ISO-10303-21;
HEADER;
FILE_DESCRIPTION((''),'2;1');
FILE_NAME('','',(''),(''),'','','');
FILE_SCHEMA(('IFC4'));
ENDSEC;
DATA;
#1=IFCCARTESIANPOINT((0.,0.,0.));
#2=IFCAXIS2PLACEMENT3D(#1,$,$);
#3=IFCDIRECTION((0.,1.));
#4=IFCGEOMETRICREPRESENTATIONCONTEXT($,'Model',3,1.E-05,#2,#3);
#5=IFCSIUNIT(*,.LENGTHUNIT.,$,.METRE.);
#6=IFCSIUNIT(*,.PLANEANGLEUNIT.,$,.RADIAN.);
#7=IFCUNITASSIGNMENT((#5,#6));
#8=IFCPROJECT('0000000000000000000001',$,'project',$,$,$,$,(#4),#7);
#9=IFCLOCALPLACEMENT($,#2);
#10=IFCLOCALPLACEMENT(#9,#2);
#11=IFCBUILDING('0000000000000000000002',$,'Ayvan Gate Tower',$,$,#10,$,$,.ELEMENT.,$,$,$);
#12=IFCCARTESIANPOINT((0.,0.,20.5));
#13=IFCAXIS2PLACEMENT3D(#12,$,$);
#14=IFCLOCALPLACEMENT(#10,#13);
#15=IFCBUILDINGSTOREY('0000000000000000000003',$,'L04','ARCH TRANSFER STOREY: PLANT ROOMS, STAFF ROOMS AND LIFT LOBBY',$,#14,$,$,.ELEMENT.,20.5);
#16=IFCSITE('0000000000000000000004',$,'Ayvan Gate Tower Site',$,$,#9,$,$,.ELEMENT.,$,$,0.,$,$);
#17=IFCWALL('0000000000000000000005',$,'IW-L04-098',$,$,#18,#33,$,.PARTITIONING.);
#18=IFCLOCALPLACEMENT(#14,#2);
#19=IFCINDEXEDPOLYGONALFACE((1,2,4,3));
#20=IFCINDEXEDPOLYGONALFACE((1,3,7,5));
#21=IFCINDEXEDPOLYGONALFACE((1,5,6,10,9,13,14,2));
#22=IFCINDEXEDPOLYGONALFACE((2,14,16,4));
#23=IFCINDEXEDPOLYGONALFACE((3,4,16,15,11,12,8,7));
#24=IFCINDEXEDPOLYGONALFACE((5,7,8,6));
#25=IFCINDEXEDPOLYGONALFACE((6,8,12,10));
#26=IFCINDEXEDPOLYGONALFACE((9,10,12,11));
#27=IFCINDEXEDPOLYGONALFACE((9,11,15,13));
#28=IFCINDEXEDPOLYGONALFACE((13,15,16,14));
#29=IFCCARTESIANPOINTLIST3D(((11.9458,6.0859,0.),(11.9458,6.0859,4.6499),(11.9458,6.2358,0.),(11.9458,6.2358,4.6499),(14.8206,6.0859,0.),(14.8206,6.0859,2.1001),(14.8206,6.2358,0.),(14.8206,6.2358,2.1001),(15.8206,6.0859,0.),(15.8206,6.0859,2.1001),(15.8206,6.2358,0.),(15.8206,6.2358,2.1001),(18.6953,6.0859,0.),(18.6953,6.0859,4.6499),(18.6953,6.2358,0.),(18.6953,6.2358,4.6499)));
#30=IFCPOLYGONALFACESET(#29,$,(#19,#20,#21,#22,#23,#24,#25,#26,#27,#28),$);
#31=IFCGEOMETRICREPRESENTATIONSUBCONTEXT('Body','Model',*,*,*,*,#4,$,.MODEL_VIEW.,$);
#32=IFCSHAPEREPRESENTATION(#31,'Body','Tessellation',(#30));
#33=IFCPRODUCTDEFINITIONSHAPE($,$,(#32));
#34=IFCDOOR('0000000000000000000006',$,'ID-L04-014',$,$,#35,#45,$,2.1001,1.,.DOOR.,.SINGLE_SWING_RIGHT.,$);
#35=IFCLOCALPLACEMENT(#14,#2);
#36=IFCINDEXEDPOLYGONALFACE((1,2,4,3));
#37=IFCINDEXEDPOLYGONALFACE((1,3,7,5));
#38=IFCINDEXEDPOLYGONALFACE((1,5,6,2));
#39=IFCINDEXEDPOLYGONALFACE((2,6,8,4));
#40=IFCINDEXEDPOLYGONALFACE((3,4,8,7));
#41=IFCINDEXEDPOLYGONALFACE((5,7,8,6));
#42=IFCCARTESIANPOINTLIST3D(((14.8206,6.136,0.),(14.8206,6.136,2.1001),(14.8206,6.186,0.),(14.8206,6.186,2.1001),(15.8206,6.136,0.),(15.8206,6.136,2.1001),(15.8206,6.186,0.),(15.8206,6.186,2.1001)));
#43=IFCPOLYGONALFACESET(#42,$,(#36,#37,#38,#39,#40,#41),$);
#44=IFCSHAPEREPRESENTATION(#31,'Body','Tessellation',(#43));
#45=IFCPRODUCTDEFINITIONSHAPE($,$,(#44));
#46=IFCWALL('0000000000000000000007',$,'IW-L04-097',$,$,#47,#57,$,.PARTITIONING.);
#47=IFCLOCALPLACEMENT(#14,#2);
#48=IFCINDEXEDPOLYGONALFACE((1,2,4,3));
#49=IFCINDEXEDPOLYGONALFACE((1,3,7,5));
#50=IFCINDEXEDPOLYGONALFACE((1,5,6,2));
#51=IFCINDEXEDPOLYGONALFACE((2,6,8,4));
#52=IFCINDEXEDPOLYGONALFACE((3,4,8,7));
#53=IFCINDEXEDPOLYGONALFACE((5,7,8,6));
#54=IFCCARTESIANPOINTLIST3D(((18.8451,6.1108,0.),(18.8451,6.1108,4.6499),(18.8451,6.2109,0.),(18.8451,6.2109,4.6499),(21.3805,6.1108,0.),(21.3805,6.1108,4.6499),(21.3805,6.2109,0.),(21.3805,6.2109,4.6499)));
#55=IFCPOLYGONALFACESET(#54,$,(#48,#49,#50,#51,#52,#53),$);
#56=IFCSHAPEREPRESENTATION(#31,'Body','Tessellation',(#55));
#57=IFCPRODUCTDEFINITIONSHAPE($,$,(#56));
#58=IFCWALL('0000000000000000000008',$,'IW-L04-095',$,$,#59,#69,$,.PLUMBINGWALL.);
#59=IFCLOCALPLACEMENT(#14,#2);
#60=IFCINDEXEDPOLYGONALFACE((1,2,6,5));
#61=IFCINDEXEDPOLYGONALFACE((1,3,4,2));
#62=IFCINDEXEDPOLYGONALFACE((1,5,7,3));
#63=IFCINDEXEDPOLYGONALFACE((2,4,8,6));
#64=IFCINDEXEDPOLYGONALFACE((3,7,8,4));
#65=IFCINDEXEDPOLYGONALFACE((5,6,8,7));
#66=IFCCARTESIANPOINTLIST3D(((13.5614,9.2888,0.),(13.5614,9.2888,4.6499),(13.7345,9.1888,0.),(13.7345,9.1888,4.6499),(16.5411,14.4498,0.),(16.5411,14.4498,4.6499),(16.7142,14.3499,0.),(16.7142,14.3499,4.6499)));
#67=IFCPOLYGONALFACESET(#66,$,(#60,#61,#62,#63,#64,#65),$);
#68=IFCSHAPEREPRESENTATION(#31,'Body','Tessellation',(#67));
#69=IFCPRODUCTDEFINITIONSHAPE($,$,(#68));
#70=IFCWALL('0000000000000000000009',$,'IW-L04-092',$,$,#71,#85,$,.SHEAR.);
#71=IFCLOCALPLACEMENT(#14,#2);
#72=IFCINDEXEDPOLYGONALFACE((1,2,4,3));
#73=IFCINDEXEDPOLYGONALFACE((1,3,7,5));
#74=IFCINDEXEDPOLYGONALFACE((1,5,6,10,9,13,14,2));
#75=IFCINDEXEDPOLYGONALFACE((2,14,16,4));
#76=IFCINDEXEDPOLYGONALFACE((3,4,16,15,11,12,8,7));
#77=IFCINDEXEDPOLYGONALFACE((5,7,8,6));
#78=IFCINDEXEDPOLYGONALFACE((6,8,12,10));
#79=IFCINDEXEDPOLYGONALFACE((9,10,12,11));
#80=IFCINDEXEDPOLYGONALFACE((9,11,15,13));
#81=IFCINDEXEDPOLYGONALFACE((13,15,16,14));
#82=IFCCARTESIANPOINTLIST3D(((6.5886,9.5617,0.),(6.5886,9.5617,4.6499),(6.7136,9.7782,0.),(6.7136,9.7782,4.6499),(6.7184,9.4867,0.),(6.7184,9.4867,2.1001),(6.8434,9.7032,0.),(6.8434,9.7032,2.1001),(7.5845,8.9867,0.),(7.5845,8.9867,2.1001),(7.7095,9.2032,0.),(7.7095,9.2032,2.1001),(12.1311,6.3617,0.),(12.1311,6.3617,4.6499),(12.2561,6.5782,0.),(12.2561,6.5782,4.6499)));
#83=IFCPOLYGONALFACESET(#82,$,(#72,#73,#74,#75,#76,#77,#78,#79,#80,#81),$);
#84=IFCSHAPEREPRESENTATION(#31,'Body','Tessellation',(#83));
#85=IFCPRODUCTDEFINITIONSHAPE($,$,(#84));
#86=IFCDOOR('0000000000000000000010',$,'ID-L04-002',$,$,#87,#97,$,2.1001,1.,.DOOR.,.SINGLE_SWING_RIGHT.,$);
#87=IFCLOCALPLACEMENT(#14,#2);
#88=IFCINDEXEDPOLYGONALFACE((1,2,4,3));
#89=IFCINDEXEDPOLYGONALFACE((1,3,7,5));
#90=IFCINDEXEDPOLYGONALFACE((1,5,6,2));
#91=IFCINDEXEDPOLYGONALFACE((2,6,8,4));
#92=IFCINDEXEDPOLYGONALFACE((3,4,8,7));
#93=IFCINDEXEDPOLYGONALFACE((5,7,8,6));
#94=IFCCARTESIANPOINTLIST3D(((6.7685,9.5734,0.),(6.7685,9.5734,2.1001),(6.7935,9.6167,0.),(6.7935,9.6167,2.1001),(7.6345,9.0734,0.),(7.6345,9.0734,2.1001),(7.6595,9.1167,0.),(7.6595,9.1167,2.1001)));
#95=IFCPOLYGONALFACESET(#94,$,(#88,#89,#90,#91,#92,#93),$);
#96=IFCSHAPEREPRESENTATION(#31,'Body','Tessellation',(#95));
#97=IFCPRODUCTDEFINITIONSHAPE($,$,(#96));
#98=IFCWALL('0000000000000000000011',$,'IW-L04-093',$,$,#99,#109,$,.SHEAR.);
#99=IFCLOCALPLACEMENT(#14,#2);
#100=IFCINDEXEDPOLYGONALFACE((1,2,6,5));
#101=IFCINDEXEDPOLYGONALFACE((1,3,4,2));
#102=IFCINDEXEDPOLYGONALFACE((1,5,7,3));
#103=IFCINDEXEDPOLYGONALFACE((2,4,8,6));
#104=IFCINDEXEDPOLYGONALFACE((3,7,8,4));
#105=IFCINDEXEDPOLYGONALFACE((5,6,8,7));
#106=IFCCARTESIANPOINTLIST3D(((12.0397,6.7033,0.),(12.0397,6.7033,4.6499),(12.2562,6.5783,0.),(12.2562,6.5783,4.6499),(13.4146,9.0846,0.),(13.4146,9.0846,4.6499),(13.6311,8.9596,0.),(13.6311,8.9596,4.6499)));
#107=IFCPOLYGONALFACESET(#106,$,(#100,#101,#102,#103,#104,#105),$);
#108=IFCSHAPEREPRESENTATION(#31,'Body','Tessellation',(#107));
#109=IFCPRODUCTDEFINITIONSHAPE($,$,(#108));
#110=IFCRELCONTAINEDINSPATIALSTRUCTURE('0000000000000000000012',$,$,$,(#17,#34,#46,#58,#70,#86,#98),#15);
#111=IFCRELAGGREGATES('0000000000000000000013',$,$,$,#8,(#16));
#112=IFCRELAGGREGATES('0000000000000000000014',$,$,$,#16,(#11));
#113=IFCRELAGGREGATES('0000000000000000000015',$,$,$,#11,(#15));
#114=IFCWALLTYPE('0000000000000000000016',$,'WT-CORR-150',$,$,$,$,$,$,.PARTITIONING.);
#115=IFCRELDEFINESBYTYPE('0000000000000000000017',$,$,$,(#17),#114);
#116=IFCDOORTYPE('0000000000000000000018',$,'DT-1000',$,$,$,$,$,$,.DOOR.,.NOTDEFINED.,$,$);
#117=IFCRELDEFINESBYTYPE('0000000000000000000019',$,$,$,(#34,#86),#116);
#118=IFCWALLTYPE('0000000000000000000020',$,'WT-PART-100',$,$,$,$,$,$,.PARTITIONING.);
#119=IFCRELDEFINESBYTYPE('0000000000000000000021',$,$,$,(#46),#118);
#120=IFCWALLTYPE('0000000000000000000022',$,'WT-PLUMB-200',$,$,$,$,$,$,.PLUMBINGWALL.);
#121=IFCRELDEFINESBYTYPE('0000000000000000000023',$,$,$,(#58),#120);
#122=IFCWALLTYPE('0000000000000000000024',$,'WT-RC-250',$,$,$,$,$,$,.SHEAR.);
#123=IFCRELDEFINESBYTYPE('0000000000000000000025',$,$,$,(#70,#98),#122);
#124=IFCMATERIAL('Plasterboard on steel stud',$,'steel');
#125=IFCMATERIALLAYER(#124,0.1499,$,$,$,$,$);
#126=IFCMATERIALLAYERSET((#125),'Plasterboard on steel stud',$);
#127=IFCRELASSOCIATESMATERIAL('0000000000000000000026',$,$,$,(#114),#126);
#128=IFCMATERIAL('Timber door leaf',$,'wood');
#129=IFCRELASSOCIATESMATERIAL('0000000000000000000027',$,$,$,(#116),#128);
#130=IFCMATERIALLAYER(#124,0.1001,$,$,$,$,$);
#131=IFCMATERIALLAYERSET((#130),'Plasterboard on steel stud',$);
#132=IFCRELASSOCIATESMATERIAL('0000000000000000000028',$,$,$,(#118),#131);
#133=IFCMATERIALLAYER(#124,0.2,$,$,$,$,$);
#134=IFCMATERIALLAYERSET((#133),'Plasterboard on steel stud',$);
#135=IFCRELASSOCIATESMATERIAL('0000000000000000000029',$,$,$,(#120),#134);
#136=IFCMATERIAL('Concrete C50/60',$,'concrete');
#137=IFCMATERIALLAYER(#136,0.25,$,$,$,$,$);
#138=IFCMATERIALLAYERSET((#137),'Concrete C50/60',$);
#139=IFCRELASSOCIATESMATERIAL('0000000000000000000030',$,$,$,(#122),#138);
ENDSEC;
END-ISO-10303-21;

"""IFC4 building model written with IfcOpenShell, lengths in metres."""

from ifc_helpers import new_model, si_unit, direction, frame, frame_2d, origin, place, context, subcontext, project, spatial, rectangle, extrude, material, layer, layer_set, type_object, element, fill, save


model = new_model("IFC4")

# Units and contexts
model_context = context("Model", 3, precision=1e-05, world=origin(), true_north=direction((0.0, 1.0)))
body_context = subcontext(model_context, "Body", "Model", "MODEL_VIEW")
ifc_project = project(units=[si_unit("LENGTHUNIT", "METRE"), si_unit("PLANEANGLEUNIT", "RADIAN")], contexts=[model_context])

# Site, building, storey
site_placement = place(None, origin())
site = spatial("IfcSite", under=ifc_project, at=site_placement, Name="Ayvan Gate Tower Site", CompositionType="ELEMENT", RefElevation=0.0)
building_placement = place(site_placement, origin())
building = spatial("IfcBuilding", under=site, at=building_placement, Name="Ayvan Gate Tower", CompositionType="ELEMENT")
storey_placement = place(building_placement, frame((0.0, 0.0, 20.5)))
storey = spatial("IfcBuildingStorey", under=building, at=storey_placement, Name="L04", Description="ARCH TRANSFER STOREY: PLANT ROOMS, STAFF ROOMS AND LIFT LOBBY", CompositionType="ELEMENT", Elevation=20.5)

# Wall, opening, door
ifc_material_1 = material(Name="Plasterboard on steel stud", Category="steel")
ifc_layer_1 = layer(ifc_material_1, 0.1499)
ifc_layer_set_1 = layer_set([ifc_layer_1], Name="Plasterboard on steel stud")
wall_type_1 = type_object("IfcWallType", Name="WT-CORR-150", PredefinedType="PARTITIONING", material=ifc_layer_set_1)
wall_1_placement = place(storey_placement, frame((18.6953, 6.1609, 0.0), z_axis=(0.0, 0.0, 1.0), x_axis=(-1.0, 0.0, 0.0)))
wall_1 = element("IfcWall", 1, at=wall_1_placement, inside=storey, type_object=wall_type_1, Name="IW-L04-098", PredefinedType="PARTITIONING", context=body_context, shape_type="SweptSolid", body=[
    extrude(rectangle(XDim=6.7495, YDim=0.1499, at=frame_2d((3.3748, 0.0))), origin(), (0.0, 0.0, 1.0), 4.6499),
])
opening_1_placement = place(wall_1_placement, frame((2.8748, 0.0, 0.0)))
opening_1 = element("IfcOpeningElement", 2, at=opening_1_placement, cuts=wall_1, PredefinedType="OPENING", context=body_context, shape_type="SweptSolid", body=[
    extrude(rectangle(XDim=1.0, YDim=2.1001, at=frame_2d((0.5, 1.05))), frame((0.0, 0.085, 0.0), z_axis=(0.0, -1.0, 0.0), x_axis=(1.0, 0.0, 0.0)), (0.0, 0.0, 1.0), 0.1699),
])
ifc_material_2 = material(Name="Timber door leaf", Category="wood")
door_type = type_object("IfcDoorType", Name="DT-1000", OperationType="NOTDEFINED", PredefinedType="DOOR", material=ifc_material_2)
door_1_placement = place(opening_1_placement, origin())
door_1 = element("IfcDoor", 3, at=door_1_placement, inside=storey, type_object=door_type, Name="ID-L04-014", OperationType="SINGLE_SWING_RIGHT", OverallHeight=2.1001, OverallWidth=1.0, PredefinedType="DOOR", context=body_context, shape_type="SweptSolid", body=[
    extrude(rectangle(XDim=1.0, YDim=2.1001, at=frame_2d((0.5, 1.05))), frame((0.0, 0.0249, 0.0), z_axis=(0.0, -1.0, 0.0), x_axis=(1.0, 0.0, 0.0)), (0.0, 0.0, 1.0), 0.05),
])
fill(opening_1, door_1)

# Walls
ifc_layer_2 = layer(ifc_material_1, 0.1001)
ifc_layer_set_2 = layer_set([ifc_layer_2], Name="Plasterboard on steel stud")
wall_type_2 = type_object("IfcWallType", Name="WT-PART-100", PredefinedType="PARTITIONING", material=ifc_layer_set_2)
wall_2_placement = place(storey_placement, frame((18.8452, 6.1609, 0.0), z_axis=(0.0, 0.0, 1.0), x_axis=(1.0, 0.0, 0.0)))
element("IfcWall", 4, at=wall_2_placement, inside=storey, type_object=wall_type_2, Name="IW-L04-097", PredefinedType="PARTITIONING", context=body_context, shape_type="SweptSolid", body=[
    extrude(rectangle(XDim=2.5354, YDim=0.1001, at=frame_2d((1.2676, 0.0))), origin(), (0.0, 0.0, 1.0), 4.6499),
])
ifc_layer_3 = layer(ifc_material_1, 0.2)
ifc_layer_set_3 = layer_set([ifc_layer_3], Name="Plasterboard on steel stud")
wall_type_3 = type_object("IfcWallType", Name="WT-PLUMB-200", PredefinedType="PLUMBINGWALL", material=ifc_layer_set_3)
wall_3_placement = place(storey_placement, frame((13.6479, 9.2388, 0.0), z_axis=(0.0, 0.0, 1.0), x_axis=(0.499994, 0.866029, 0.0)))
element("IfcWall", 5, at=wall_3_placement, inside=storey, type_object=wall_type_3, Name="IW-L04-095", PredefinedType="PLUMBINGWALL", context=body_context, shape_type="SweptSolid", body=[
    extrude(rectangle(XDim=5.9595, YDim=0.2, at=frame_2d((2.9797, 0.0))), origin(), (0.0, 0.0, 1.0), 4.6499),
])

# Wall, opening, door
ifc_material_3 = material(Name="Concrete C50/60", Category="concrete")
ifc_layer_4 = layer(ifc_material_3, 0.25)
ifc_layer_set_4 = layer_set([ifc_layer_4], Name="Concrete C50/60")
wall_type_4 = type_object("IfcWallType", Name="WT-RC-250", PredefinedType="SHEAR", material=ifc_layer_set_4)
wall_4_placement = place(storey_placement, frame((12.1936, 6.47, 0.0), z_axis=(0.0, 0.0, 1.0), x_axis=(-0.866025, 0.5, 0.0)))
wall_4 = element("IfcWall", 6, at=wall_4_placement, inside=storey, type_object=wall_type_4, Name="IW-L04-092", PredefinedType="SHEAR", context=body_context, shape_type="SweptSolid", body=[
    extrude(rectangle(XDim=6.3999, YDim=0.25, at=frame_2d((3.2, 0.0))), origin(), (0.0, 0.0, 1.0), 4.6499),
])
opening_2_placement = place(wall_4_placement, frame((5.25, 0.0, 0.0)))
opening_2 = element("IfcOpeningElement", 7, at=opening_2_placement, cuts=wall_4, PredefinedType="OPENING", context=body_context, shape_type="SweptSolid", body=[
    extrude(rectangle(XDim=1.0, YDim=2.1001, at=frame_2d((0.5, 1.05))), frame((0.0, 0.135, 0.0), z_axis=(0.0, -1.0, 0.0), x_axis=(1.0, 0.0, 0.0)), (0.0, 0.0, 1.0), 0.27),
])
door_2_placement = place(opening_2_placement, origin())
door_2 = element("IfcDoor", 8, at=door_2_placement, inside=storey, type_object=door_type, Name="ID-L04-002", OperationType="SINGLE_SWING_RIGHT", OverallHeight=2.1001, OverallWidth=1.0, PredefinedType="DOOR", context=body_context, shape_type="SweptSolid", body=[
    extrude(rectangle(XDim=1.0, YDim=2.1001, at=frame_2d((0.5, 1.05))), frame((0.0, 0.0249, 0.0), z_axis=(0.0, -1.0, 0.0), x_axis=(1.0, 0.0, 0.0)), (0.0, 0.0, 1.0), 0.05),
])
fill(opening_2, door_2)

# Wall
wall_5_placement = place(storey_placement, frame((13.5229, 9.0222, 0.0), z_axis=(0.0, 0.0, 1.0), x_axis=(-0.500035, -0.866005, 0.0)))
element("IfcWall", 9, at=wall_5_placement, inside=storey, type_object=wall_type_4, Name="IW-L04-093", PredefinedType="SHEAR", context=body_context, shape_type="SweptSolid", body=[
    extrude(rectangle(XDim=2.7498, YDim=0.25, at=frame_2d((1.375, 0.0))), origin(), (0.0, 0.0, 1.0), 4.6499),
])

save(model, "model.ifc")
